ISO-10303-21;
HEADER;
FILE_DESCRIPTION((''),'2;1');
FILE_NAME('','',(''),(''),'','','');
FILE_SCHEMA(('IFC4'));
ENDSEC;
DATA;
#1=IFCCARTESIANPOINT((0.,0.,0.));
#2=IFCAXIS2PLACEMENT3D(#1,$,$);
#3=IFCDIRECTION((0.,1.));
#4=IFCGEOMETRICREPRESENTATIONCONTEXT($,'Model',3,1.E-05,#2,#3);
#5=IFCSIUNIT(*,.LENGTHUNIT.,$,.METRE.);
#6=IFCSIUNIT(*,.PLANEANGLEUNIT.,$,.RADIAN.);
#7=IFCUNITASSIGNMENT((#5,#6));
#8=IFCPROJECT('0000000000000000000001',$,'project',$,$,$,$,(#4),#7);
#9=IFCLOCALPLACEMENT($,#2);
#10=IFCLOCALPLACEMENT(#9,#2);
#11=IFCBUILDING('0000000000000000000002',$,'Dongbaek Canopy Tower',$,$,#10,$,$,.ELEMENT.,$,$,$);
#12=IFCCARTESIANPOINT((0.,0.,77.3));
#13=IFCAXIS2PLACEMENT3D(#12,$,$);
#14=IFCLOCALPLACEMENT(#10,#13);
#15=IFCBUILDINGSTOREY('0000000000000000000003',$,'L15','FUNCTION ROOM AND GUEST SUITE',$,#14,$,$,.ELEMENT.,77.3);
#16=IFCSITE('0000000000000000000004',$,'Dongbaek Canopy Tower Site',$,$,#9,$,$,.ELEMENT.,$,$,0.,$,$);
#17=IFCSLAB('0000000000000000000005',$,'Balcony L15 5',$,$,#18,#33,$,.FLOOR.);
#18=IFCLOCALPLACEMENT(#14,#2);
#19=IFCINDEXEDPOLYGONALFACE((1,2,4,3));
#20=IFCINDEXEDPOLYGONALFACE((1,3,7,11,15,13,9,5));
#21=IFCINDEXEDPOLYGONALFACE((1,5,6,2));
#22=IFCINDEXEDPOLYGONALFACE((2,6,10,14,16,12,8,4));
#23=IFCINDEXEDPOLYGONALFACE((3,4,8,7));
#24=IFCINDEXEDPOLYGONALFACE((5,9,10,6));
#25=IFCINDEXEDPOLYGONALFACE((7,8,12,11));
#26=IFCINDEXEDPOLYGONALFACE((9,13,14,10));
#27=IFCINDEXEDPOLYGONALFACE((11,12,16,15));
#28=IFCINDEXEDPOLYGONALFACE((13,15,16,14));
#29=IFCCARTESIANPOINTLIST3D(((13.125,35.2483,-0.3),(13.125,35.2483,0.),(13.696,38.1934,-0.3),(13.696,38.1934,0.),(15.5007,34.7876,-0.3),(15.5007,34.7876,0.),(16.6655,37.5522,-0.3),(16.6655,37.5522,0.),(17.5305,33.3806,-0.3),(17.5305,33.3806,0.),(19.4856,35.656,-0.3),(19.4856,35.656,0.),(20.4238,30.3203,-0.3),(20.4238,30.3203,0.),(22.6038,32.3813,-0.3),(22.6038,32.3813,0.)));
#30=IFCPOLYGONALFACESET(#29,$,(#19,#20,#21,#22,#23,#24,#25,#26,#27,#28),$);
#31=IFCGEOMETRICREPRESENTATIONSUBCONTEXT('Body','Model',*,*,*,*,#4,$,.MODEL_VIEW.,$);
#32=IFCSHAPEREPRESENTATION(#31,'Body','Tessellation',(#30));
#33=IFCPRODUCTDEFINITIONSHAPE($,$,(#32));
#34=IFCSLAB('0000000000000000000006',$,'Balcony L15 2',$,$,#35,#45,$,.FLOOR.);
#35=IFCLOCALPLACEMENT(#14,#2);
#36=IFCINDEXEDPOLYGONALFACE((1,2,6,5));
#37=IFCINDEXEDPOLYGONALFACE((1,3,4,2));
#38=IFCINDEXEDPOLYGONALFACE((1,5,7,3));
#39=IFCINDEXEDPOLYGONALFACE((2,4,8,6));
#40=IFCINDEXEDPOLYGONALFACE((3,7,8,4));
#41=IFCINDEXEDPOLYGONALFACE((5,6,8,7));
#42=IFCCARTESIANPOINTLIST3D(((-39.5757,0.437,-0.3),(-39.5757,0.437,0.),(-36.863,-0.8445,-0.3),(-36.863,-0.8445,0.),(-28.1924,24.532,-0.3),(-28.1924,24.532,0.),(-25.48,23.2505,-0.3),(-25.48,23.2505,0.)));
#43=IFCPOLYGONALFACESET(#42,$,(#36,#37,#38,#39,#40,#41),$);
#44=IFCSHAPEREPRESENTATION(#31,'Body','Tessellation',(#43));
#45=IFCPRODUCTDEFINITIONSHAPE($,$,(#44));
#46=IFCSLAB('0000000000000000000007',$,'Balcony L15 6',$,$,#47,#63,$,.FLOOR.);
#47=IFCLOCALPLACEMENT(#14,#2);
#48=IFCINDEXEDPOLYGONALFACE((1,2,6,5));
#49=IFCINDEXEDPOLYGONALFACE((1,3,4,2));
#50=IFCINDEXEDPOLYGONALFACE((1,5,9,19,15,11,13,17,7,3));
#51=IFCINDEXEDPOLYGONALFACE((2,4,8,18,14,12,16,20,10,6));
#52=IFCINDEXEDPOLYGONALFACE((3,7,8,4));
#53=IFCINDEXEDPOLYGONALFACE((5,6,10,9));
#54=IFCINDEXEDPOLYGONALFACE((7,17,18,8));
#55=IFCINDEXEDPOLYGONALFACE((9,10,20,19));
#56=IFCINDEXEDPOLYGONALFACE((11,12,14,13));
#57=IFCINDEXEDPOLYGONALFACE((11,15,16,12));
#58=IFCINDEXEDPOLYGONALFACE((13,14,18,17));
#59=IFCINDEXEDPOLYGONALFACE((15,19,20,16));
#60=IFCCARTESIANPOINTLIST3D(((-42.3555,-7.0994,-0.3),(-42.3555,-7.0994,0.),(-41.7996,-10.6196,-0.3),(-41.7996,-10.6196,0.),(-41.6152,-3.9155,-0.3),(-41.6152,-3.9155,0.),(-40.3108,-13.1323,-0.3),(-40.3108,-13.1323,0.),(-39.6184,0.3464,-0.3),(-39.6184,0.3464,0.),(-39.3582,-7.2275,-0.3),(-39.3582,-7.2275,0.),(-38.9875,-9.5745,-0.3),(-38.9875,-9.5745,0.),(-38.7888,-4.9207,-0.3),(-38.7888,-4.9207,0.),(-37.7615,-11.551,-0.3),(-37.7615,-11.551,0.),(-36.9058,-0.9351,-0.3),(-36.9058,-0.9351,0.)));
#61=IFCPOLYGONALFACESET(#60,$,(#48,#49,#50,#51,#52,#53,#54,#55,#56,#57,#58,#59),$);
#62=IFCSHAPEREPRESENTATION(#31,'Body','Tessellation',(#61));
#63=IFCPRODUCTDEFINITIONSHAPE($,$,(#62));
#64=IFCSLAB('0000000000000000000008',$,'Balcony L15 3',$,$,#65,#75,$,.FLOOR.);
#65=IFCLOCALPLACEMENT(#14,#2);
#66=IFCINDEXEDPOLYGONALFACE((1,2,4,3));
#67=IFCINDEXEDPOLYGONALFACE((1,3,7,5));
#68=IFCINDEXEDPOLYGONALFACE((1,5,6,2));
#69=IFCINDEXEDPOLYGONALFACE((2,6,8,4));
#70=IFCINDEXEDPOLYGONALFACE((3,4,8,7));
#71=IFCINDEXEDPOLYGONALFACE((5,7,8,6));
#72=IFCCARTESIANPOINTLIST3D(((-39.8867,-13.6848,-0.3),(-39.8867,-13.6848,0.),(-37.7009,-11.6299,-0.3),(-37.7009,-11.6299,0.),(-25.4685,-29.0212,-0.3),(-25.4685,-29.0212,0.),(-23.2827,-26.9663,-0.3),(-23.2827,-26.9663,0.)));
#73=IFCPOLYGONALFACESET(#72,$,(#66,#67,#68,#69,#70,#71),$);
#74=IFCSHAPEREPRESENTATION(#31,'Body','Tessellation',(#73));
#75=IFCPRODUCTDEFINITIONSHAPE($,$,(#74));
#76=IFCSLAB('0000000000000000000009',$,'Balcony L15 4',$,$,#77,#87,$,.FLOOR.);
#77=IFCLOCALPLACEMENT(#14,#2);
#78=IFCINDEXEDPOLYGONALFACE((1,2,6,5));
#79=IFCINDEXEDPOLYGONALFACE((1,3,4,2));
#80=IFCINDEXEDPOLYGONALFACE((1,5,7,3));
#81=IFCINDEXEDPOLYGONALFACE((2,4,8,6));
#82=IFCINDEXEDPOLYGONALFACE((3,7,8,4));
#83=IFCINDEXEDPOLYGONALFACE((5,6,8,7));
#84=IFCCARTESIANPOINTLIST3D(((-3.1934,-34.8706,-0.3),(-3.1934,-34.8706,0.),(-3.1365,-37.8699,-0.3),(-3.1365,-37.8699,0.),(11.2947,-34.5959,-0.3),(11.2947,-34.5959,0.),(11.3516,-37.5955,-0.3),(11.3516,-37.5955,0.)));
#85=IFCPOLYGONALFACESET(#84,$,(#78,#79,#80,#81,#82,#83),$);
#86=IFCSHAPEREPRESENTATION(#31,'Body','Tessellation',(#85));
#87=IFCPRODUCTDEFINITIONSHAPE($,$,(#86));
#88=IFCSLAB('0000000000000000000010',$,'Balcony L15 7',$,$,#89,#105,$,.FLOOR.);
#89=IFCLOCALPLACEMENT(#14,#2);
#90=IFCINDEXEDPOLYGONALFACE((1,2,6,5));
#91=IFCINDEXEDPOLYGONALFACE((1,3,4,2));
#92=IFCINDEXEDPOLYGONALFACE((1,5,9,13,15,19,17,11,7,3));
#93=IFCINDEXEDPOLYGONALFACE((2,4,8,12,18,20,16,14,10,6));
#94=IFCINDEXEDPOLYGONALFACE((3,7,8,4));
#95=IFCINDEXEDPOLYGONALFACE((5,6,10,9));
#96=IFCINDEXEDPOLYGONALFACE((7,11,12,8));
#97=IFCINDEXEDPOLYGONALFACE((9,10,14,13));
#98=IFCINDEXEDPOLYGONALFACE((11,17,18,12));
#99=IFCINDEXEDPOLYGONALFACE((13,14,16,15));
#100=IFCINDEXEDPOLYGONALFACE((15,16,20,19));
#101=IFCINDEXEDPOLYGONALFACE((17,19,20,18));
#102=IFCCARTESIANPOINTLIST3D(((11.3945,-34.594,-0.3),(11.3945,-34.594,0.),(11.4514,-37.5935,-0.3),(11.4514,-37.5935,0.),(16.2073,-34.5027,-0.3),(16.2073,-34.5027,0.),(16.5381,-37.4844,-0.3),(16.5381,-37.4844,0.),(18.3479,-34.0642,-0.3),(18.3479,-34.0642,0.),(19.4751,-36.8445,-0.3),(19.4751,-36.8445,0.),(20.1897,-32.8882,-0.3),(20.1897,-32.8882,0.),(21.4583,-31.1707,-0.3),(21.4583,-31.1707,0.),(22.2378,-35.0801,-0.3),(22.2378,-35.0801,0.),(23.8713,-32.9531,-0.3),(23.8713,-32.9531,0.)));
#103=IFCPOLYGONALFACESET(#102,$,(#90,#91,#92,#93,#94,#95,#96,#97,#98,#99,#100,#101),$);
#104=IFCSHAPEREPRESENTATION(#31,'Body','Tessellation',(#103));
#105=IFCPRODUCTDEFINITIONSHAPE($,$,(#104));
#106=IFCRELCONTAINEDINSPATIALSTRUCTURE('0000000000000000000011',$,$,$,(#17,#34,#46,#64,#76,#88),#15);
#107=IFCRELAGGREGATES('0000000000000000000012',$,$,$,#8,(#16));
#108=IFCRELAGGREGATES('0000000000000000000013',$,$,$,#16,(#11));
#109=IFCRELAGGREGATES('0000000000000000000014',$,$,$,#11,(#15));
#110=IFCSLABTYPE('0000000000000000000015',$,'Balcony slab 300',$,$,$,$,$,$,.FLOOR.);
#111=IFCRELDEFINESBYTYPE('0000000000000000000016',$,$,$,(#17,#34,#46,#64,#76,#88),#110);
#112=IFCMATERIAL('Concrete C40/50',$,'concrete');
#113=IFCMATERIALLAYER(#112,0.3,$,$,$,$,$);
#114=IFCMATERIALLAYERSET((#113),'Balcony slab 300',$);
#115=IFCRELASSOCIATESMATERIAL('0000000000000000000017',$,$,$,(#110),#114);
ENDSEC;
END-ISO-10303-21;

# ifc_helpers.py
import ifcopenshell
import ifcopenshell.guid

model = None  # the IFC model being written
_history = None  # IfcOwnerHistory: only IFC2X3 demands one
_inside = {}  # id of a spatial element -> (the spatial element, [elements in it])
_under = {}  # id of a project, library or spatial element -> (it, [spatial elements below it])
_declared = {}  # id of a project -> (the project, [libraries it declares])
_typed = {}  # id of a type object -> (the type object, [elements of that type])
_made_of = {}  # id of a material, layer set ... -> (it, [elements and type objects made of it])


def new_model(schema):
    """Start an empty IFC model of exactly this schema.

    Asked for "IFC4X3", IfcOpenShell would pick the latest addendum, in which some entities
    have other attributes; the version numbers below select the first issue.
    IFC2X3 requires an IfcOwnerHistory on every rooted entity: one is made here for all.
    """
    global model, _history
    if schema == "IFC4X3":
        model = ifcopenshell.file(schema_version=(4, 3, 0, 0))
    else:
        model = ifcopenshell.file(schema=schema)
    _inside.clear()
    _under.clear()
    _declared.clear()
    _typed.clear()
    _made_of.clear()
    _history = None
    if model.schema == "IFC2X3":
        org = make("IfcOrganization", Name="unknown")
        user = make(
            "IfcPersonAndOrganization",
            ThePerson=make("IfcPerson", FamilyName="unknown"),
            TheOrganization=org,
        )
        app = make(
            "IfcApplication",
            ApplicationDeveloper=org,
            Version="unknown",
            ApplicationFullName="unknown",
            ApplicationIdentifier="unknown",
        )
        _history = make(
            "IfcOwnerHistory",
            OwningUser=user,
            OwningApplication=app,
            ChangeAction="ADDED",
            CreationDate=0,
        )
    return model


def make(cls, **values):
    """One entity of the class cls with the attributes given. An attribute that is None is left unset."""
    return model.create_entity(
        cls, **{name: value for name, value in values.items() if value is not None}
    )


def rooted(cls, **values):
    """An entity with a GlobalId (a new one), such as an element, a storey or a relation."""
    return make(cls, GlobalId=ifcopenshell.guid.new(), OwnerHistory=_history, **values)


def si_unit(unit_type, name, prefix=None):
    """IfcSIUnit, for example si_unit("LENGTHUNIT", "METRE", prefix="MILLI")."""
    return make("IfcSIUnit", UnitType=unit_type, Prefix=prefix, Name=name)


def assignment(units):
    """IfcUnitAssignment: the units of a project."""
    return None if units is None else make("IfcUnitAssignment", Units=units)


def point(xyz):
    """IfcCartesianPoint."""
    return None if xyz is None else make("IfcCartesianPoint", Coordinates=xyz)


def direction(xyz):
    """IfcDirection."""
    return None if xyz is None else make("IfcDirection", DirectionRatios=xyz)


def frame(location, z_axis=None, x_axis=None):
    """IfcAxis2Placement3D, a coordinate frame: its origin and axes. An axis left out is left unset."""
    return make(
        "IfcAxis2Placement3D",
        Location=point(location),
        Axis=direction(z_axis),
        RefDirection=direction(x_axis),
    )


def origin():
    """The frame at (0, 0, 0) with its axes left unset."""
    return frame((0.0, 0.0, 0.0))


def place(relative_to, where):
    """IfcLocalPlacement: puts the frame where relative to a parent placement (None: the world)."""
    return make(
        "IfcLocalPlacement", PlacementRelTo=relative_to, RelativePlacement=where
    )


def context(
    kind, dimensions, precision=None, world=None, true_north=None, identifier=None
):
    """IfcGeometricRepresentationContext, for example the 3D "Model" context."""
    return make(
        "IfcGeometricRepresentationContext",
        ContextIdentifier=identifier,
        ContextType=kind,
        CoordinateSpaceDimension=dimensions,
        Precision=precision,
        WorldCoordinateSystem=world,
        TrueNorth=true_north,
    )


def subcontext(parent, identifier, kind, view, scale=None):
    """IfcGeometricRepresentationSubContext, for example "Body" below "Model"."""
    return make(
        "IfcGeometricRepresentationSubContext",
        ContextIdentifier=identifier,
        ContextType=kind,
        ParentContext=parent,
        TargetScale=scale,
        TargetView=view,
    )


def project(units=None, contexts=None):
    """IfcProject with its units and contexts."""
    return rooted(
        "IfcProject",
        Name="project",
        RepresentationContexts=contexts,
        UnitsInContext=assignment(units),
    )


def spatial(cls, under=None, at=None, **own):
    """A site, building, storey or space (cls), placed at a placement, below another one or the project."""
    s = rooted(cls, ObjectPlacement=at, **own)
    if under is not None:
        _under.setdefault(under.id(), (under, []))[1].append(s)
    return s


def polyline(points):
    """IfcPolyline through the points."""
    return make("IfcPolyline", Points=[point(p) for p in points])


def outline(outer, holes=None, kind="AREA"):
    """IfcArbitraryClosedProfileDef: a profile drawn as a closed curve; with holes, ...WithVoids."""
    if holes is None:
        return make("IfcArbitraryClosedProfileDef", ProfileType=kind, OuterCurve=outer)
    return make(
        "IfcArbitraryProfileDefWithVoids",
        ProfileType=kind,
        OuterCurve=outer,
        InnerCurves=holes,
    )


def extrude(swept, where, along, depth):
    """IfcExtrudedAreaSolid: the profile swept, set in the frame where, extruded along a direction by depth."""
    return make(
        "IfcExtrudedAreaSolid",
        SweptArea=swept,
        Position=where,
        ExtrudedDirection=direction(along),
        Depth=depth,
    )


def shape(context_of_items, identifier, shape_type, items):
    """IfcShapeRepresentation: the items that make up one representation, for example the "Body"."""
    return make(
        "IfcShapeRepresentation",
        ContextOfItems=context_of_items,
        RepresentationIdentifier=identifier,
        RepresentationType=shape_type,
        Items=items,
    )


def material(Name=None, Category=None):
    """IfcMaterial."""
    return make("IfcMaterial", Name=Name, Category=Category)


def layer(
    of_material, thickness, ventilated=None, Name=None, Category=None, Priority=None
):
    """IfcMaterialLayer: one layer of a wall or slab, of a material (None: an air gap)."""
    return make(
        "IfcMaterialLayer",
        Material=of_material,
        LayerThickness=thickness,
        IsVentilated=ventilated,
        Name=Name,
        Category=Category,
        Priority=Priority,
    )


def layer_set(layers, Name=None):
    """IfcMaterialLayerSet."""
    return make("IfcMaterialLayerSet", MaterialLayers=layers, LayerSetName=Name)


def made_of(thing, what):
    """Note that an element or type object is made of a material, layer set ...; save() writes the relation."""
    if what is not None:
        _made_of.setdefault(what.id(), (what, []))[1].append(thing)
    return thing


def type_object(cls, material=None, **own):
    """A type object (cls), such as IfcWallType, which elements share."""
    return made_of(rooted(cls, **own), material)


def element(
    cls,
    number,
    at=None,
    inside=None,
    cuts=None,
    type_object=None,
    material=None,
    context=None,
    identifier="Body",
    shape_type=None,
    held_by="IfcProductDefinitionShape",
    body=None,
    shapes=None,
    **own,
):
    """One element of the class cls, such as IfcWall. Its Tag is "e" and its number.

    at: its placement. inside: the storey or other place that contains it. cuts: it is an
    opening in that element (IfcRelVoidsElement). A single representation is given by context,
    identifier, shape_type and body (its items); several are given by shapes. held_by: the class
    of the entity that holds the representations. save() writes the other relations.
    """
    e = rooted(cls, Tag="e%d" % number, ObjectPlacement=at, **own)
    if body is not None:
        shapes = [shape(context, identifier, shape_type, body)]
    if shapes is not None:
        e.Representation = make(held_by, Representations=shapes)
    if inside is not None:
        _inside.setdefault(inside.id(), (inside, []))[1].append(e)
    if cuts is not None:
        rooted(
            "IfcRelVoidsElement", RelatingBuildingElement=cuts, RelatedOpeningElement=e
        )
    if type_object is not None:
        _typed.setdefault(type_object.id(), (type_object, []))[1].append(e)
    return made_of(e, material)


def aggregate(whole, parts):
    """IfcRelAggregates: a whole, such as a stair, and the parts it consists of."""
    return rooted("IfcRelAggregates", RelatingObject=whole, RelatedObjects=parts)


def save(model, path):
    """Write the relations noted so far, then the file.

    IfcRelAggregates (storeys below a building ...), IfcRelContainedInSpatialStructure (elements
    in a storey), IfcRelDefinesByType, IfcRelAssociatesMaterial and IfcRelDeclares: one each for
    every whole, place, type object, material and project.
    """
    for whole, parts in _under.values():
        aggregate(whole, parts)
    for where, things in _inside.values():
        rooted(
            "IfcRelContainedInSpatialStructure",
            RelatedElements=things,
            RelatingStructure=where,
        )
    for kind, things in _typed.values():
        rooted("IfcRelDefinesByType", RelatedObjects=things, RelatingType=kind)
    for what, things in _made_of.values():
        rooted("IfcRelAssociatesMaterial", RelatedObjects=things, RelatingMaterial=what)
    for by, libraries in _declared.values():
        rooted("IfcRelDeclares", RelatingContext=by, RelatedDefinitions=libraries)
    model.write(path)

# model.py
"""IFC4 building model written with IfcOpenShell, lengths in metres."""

from ifc_helpers import new_model, si_unit, direction, frame, origin, place, context, subcontext, project, spatial, polyline, outline, extrude, material, layer, layer_set, type_object, element, save


model = new_model("IFC4")

# Units and contexts
model_context = context("Model", 3, precision=1e-05, world=origin(), true_north=direction((0.0, 1.0)))
body_context = subcontext(model_context, "Body", "Model", "MODEL_VIEW")
ifc_project = project(units=[si_unit("LENGTHUNIT", "METRE"), si_unit("PLANEANGLEUNIT", "RADIAN")], contexts=[model_context])

# Site, building, storey
site_placement = place(None, origin())
site = spatial("IfcSite", under=ifc_project, at=site_placement, Name="Dongbaek Canopy Tower Site", CompositionType="ELEMENT", RefElevation=0.0)
building_placement = place(site_placement, origin())
building = spatial("IfcBuilding", under=site, at=building_placement, Name="Dongbaek Canopy Tower", CompositionType="ELEMENT")
storey_placement = place(building_placement, frame((0.0, 0.0, 77.3)))
storey = spatial("IfcBuildingStorey", under=building, at=storey_placement, Name="L15", Description="FUNCTION ROOM AND GUEST SUITE", CompositionType="ELEMENT", Elevation=77.3)

# Slabs
ifc_material_1 = material(Name="Concrete C40/50", Category="concrete")
ifc_layer_1 = layer(ifc_material_1, 0.3)
ifc_layer_set_1 = layer_set([ifc_layer_1], Name="Balcony slab 300")
slab_type_1 = type_object("IfcSlabType", Name="Balcony slab 300", PredefinedType="FLOOR", material=ifc_layer_set_1)
slab_1_placement = place(storey_placement, frame((0.0, 0.0, -0.3)))
element("IfcSlab", 1, at=slab_1_placement, inside=storey, type_object=slab_type_1, Name="Balcony L15 5", PredefinedType="FLOOR", context=body_context, shape_type="SweptSolid", body=[
    extrude(outline(polyline([(20.4238, 30.3203), (17.5305, 33.3806), (15.5007, 34.7876), (13.125, 35.2483), (13.696, 38.1934), (16.6655, 37.5522), (19.4856, 35.656), (22.6038, 32.3813), (20.4238, 30.3203)])), origin(), (0.0, 0.0, 1.0), 0.3),
])
slab_2_placement = place(storey_placement, frame((0.0, 0.0, -0.3)))
element("IfcSlab", 2, at=slab_2_placement, inside=storey, type_object=slab_type_1, Name="Balcony L15 2", PredefinedType="FLOOR", context=body_context, shape_type="SweptSolid", body=[
    extrude(outline(polyline([(-25.48, 23.2505), (-36.863, -0.8445), (-39.5757, 0.437), (-28.1924, 24.532), (-25.48, 23.2505)])), origin(), (0.0, 0.0, 1.0), 0.3),
])
slab_3_placement = place(storey_placement, frame((0.0, 0.0, -0.3)))
element("IfcSlab", 3, at=slab_3_placement, inside=storey, type_object=slab_type_1, Name="Balcony L15 6", PredefinedType="FLOOR", context=body_context, shape_type="SweptSolid", body=[
    extrude(outline(polyline([(-36.9058, -0.9351), (-38.7888, -4.9207), (-39.3582, -7.2275), (-38.9875, -9.5745), (-37.7615, -11.551), (-40.3108, -13.1323), (-41.7996, -10.6196), (-42.3555, -7.0994), (-41.6152, -3.9155), (-39.6184, 0.3464), (-36.9058, -0.9351)])), origin(), (0.0, 0.0, 1.0), 0.3),
])
slab_4_placement = place(storey_placement, frame((0.0, 0.0, -0.3)))
element("IfcSlab", 4, at=slab_4_placement, inside=storey, type_object=slab_type_1, Name="Balcony L15 3", PredefinedType="FLOOR", context=body_context, shape_type="SweptSolid", body=[
    extrude(outline(polyline([(-37.7009, -11.6299), (-23.2827, -26.9663), (-25.4685, -29.0212), (-39.8867, -13.6848), (-37.7009, -11.6299)])), origin(), (0.0, 0.0, 1.0), 0.3),
])
slab_5_placement = place(storey_placement, frame((0.0, 0.0, -0.3)))
element("IfcSlab", 5, at=slab_5_placement, inside=storey, type_object=slab_type_1, Name="Balcony L15 4", PredefinedType="FLOOR", context=body_context, shape_type="SweptSolid", body=[
    extrude(outline(polyline([(-3.1934, -34.8706), (11.2947, -34.5959), (11.3516, -37.5955), (-3.1365, -37.8699), (-3.1934, -34.8706)])), origin(), (0.0, 0.0, 1.0), 0.3),
])
slab_6_placement = place(storey_placement, frame((0.0, 0.0, -0.3)))
element("IfcSlab", 6, at=slab_6_placement, inside=storey, type_object=slab_type_1, Name="Balcony L15 7", PredefinedType="FLOOR", context=body_context, shape_type="SweptSolid", body=[
    extrude(outline(polyline([(11.3945, -34.594), (16.2073, -34.5027), (18.3479, -34.0642), (20.1897, -32.8882), (21.4583, -31.1707), (23.8713, -32.9531), (22.2378, -35.0801), (19.4751, -36.8445), (16.5381, -37.4844), (11.4514, -37.5935), (11.3945, -34.594)])), origin(), (0.0, 0.0, 1.0), 0.3),
])

save(model, "model.ifc")
